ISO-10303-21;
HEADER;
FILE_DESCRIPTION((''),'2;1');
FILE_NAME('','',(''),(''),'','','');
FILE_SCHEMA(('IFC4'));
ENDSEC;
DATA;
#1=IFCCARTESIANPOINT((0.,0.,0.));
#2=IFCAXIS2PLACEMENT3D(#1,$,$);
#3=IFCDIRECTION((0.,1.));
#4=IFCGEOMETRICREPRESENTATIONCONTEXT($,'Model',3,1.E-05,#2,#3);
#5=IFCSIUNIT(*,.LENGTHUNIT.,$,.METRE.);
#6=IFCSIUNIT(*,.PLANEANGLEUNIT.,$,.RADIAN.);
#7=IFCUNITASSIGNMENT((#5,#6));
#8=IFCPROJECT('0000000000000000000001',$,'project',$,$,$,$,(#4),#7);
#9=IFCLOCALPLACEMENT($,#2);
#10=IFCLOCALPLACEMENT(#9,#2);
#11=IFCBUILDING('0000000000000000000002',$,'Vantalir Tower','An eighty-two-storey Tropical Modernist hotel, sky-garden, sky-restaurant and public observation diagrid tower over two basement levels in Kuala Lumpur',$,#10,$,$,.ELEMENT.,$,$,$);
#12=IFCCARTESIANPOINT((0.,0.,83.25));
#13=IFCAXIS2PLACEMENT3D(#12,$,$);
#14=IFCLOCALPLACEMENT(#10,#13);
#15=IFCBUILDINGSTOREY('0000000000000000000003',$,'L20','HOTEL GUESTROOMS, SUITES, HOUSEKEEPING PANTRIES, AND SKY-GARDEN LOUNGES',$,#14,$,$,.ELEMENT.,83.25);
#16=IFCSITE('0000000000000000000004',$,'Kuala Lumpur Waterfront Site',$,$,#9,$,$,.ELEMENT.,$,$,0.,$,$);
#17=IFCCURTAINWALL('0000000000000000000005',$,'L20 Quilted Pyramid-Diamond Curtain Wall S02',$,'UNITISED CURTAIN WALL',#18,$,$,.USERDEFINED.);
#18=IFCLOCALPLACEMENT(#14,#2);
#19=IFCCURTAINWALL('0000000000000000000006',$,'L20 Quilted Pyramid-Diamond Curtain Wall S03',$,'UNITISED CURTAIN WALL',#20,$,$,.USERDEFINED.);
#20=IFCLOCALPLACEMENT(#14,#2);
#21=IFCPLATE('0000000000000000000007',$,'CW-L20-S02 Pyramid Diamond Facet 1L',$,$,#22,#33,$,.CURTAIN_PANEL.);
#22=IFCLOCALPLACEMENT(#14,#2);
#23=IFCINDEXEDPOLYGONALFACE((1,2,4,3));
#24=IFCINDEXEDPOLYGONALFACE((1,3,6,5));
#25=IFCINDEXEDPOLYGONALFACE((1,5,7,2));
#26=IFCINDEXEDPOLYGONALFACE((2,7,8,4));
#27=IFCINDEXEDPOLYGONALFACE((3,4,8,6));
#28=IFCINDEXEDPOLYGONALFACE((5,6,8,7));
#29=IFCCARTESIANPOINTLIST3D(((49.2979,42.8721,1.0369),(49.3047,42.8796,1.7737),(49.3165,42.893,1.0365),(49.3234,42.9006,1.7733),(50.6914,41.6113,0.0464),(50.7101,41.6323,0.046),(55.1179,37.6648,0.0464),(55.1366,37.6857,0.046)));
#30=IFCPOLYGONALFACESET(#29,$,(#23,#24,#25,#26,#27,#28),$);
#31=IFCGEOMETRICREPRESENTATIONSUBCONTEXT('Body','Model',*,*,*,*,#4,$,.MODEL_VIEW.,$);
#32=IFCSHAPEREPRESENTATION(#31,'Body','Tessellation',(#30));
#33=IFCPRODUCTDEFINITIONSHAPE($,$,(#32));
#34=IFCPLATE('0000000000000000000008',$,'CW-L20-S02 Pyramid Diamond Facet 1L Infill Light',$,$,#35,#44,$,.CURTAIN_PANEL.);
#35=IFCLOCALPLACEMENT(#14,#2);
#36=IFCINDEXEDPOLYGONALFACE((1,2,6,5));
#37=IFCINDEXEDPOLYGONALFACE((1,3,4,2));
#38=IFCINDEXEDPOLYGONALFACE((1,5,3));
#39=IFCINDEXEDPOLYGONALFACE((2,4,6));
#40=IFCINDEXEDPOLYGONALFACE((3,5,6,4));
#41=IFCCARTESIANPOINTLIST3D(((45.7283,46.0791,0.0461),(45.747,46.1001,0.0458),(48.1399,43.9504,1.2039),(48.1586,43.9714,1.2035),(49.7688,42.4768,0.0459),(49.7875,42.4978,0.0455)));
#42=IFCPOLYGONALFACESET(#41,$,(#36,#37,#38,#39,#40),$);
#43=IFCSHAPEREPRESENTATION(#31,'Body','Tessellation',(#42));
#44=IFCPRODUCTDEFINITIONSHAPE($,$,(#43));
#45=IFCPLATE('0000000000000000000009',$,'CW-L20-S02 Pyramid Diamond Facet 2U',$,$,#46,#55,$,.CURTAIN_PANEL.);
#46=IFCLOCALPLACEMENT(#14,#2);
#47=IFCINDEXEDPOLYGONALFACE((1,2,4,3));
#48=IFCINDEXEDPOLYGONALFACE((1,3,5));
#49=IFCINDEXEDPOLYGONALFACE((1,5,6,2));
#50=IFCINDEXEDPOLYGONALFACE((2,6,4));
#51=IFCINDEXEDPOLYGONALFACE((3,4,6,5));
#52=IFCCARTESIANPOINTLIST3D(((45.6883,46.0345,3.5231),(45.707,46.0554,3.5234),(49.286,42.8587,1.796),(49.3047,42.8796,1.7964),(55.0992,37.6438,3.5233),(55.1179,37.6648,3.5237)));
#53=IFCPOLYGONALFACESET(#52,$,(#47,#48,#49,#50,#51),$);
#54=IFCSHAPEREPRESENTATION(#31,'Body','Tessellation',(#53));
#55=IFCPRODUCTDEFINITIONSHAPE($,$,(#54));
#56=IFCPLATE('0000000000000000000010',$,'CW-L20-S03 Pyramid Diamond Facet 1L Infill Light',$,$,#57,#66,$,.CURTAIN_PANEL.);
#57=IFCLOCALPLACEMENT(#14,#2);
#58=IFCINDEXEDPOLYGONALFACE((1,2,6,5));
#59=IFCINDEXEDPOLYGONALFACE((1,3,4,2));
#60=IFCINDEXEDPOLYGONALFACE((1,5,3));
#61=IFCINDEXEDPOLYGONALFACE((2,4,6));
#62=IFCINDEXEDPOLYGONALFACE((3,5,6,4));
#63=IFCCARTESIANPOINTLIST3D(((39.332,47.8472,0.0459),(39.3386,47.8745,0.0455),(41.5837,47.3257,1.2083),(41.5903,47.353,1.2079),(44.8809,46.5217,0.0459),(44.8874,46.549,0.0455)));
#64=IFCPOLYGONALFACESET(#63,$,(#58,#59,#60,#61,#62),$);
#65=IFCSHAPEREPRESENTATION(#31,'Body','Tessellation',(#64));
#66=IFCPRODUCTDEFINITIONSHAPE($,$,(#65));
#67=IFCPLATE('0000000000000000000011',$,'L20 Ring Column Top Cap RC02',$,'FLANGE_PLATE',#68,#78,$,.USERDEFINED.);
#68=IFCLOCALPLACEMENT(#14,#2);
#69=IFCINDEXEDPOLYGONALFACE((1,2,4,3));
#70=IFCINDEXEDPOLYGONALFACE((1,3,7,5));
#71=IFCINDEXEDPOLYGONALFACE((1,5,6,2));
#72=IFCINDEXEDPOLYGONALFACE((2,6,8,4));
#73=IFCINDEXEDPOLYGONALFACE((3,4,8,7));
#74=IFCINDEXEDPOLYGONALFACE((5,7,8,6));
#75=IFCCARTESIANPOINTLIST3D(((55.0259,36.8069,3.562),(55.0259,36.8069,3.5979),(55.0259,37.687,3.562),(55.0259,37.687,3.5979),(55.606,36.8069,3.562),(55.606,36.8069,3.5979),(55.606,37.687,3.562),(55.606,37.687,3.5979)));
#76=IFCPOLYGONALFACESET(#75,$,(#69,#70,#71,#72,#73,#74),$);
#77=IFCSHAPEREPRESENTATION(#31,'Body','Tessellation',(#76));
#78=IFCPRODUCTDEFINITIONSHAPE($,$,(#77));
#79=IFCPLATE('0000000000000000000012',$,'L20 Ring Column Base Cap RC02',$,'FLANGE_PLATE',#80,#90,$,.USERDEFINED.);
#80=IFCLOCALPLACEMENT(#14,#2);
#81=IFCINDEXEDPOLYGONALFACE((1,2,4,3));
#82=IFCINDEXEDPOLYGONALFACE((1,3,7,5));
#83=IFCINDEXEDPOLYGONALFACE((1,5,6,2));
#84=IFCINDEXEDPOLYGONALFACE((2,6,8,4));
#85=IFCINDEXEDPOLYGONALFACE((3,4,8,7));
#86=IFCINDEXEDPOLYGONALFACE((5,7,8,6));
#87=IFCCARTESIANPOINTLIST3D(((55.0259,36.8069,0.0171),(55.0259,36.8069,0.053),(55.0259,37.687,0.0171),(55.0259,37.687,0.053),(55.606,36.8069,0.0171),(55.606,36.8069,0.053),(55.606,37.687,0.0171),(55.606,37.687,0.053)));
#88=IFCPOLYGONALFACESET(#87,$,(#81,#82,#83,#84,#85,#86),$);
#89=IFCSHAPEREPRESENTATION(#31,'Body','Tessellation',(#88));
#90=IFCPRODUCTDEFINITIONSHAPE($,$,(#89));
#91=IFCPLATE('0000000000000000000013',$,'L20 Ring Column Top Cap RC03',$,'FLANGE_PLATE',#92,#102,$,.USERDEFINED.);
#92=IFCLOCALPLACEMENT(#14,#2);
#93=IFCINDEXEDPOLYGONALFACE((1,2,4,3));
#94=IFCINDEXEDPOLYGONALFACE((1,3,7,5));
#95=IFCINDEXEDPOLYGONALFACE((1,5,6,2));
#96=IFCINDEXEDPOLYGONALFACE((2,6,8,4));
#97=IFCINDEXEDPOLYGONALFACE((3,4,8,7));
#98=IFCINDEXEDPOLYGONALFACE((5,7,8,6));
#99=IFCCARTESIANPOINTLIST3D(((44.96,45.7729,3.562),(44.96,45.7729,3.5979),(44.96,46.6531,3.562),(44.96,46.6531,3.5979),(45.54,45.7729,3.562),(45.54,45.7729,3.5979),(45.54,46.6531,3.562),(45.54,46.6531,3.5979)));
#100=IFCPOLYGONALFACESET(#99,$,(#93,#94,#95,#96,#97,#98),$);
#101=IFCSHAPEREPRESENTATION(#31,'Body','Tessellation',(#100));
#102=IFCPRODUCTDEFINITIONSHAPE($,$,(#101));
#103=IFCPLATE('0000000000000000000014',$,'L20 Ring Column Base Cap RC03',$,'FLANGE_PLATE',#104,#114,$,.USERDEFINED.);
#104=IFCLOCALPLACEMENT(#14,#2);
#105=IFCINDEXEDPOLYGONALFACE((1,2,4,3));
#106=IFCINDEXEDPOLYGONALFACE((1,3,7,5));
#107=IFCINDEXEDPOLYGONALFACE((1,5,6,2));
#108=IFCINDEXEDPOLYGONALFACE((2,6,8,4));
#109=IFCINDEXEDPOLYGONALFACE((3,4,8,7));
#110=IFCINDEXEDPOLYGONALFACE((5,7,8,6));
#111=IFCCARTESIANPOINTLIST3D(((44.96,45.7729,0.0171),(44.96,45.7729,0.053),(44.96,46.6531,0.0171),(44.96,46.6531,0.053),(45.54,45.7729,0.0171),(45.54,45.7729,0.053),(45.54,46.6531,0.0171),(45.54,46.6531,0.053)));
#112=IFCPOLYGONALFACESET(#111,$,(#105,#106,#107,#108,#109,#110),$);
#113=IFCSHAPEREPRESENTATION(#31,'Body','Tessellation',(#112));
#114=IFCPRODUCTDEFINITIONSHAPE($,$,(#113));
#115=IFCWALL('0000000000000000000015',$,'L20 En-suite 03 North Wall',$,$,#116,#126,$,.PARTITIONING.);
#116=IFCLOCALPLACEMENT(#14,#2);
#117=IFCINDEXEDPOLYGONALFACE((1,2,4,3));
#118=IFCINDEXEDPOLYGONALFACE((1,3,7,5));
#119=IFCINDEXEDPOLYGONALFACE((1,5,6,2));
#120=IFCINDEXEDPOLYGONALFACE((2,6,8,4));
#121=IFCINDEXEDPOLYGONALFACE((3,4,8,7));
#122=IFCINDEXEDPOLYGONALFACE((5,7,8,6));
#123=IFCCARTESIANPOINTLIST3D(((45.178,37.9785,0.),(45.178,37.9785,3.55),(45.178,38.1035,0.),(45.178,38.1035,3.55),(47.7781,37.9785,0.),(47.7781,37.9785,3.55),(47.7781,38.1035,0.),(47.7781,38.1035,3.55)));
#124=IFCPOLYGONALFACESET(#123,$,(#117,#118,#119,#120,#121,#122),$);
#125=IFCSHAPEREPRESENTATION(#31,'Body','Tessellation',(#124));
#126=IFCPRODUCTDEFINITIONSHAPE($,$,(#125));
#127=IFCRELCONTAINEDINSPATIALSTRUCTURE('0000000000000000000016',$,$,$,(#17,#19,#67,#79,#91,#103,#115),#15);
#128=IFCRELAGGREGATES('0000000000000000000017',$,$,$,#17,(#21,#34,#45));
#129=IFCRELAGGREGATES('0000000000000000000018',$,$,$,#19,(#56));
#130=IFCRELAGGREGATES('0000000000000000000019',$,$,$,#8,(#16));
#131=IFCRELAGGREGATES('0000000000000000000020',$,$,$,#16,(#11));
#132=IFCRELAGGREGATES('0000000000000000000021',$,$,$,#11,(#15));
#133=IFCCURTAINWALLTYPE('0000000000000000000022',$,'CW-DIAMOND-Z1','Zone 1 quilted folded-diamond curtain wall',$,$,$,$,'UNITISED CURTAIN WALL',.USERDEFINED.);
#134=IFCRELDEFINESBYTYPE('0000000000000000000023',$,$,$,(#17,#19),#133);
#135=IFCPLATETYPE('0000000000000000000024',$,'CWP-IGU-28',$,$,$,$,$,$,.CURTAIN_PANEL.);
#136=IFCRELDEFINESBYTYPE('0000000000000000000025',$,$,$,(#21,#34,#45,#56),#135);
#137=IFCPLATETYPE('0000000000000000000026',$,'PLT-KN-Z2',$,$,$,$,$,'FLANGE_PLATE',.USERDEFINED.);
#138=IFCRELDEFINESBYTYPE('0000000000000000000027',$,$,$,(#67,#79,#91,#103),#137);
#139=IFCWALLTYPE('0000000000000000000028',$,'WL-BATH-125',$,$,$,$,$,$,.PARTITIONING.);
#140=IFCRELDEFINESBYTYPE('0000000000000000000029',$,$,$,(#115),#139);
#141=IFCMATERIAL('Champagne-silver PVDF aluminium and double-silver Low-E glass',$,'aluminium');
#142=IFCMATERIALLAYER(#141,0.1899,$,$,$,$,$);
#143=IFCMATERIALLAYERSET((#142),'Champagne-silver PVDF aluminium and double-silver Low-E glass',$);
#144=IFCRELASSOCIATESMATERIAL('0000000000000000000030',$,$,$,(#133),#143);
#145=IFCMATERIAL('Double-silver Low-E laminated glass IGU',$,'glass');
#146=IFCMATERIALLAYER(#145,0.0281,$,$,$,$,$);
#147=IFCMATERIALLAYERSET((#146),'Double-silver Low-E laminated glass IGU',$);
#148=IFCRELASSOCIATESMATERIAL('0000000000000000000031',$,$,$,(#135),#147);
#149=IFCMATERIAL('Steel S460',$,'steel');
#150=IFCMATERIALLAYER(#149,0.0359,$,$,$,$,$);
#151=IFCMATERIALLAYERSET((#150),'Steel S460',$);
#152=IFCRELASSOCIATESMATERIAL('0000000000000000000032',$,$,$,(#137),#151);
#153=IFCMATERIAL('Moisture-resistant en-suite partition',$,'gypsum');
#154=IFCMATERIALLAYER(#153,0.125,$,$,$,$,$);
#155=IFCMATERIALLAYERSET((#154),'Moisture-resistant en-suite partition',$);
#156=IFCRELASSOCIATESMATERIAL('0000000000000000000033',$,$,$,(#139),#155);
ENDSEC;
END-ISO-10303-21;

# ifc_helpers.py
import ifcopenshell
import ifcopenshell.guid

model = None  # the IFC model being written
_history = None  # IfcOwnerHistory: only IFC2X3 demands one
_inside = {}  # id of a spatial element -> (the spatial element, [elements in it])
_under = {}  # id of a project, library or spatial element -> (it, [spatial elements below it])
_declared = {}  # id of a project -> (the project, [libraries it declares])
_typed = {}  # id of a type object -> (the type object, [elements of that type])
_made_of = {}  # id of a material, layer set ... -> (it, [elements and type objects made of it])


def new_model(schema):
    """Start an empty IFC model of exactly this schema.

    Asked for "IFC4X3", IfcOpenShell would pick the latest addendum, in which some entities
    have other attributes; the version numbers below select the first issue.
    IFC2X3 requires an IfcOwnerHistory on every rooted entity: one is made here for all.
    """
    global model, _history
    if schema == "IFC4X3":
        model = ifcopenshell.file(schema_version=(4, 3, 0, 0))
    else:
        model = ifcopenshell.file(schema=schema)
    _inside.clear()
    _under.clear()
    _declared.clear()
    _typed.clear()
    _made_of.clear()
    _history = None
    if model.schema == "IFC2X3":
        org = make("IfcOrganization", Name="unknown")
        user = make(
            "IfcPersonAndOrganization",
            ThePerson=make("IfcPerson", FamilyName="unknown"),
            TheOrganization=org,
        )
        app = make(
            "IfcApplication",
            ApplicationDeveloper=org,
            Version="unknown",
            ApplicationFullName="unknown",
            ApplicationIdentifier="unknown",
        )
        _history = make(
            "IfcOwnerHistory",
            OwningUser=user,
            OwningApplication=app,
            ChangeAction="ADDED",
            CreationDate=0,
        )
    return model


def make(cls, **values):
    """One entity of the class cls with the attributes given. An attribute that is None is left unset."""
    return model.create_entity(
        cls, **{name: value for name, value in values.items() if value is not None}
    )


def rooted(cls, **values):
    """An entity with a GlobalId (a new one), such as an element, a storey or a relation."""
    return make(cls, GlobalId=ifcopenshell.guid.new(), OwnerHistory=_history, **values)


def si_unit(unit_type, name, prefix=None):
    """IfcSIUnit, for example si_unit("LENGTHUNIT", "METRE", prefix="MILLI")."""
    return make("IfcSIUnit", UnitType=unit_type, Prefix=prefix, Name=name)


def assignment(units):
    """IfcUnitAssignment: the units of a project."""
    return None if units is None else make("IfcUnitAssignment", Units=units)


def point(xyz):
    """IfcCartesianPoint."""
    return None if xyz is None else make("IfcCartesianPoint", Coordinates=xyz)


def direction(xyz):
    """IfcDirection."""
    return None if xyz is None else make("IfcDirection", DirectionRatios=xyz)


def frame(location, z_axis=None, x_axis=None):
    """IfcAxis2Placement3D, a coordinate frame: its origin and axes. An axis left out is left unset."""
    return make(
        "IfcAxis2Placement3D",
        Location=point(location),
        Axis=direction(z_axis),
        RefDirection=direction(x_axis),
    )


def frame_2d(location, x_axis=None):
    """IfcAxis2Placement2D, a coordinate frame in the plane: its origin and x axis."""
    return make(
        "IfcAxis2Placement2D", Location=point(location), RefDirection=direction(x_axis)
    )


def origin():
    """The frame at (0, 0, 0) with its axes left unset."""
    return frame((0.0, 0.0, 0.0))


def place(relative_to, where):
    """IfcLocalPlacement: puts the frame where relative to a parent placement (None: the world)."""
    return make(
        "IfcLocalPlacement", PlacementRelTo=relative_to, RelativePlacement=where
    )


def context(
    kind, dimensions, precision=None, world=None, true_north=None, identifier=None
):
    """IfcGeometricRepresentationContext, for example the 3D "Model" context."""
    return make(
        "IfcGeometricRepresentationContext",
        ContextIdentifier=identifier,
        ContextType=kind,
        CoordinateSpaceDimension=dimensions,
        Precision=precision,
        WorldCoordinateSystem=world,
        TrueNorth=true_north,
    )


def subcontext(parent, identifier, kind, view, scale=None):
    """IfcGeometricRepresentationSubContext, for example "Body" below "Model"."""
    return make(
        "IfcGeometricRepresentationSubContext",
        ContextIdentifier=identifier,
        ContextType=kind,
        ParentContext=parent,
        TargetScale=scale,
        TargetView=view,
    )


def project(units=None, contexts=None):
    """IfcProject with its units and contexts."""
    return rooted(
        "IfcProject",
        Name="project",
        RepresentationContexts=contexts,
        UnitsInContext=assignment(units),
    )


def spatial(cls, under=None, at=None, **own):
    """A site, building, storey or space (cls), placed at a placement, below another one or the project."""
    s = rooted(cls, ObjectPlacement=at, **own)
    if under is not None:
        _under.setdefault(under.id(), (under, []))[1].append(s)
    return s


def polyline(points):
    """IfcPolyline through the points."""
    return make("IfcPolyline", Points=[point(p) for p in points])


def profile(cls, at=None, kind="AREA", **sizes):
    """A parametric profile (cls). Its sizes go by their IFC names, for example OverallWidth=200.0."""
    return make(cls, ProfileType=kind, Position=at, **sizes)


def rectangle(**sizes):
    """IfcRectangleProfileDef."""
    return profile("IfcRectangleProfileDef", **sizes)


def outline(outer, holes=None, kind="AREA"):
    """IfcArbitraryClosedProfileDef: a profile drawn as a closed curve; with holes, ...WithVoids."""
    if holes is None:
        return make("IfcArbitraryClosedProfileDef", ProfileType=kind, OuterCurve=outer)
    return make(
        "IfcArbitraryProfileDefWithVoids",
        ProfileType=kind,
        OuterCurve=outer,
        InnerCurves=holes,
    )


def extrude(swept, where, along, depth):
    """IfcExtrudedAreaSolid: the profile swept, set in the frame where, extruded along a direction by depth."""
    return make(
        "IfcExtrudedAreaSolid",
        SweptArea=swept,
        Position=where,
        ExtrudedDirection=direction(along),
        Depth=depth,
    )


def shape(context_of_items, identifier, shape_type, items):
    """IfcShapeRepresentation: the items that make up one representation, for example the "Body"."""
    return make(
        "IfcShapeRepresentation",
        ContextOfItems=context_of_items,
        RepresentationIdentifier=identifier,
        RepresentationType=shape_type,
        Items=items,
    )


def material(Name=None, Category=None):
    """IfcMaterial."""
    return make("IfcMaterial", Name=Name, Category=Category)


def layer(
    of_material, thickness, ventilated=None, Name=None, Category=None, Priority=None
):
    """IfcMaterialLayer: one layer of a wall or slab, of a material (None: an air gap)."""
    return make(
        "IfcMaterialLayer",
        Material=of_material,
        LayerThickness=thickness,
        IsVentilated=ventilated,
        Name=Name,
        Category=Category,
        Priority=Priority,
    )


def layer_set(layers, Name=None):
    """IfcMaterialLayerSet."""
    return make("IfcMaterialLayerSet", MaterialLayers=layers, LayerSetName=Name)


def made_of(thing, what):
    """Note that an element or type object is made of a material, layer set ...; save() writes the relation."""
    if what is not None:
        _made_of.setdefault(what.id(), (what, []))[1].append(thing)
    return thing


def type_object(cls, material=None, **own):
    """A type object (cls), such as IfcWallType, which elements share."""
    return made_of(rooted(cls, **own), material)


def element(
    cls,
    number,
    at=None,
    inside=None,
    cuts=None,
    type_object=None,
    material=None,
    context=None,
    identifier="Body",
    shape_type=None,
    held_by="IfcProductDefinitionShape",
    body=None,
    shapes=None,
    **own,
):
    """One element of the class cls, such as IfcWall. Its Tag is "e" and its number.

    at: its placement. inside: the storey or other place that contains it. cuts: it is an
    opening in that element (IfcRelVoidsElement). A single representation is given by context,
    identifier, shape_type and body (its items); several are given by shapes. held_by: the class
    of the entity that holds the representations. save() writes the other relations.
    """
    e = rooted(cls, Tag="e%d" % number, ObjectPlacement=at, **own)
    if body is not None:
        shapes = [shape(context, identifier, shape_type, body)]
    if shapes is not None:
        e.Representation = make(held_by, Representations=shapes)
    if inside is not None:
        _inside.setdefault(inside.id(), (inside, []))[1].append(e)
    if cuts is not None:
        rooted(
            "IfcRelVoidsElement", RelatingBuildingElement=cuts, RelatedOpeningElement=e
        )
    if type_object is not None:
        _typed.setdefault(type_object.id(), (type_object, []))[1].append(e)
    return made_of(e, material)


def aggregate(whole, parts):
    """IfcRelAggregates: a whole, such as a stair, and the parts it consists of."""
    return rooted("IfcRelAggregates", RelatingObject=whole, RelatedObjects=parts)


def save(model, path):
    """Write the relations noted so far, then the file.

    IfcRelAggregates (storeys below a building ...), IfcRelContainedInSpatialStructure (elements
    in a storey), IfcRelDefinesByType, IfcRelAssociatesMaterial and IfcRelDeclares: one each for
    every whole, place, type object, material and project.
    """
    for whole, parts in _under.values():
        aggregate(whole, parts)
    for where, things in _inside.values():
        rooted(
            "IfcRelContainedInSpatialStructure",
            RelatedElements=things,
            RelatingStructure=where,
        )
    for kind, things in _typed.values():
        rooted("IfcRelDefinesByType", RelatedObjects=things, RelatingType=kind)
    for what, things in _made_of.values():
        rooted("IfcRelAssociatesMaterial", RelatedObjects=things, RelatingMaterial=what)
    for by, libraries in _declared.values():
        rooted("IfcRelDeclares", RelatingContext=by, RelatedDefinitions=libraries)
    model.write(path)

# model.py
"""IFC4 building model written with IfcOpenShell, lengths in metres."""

from ifc_helpers import new_model, si_unit, direction, frame, frame_2d, origin, place, context, subcontext, project, spatial, polyline, rectangle, outline, extrude, material, layer, layer_set, type_object, element, aggregate, save


model = new_model("IFC4")

# Units and contexts
model_context = context("Model", 3, precision=1e-05, world=origin(), true_north=direction((0.0, 1.0)))
body_context = subcontext(model_context, "Body", "Model", "MODEL_VIEW")
ifc_project = project(units=[si_unit("LENGTHUNIT", "METRE"), si_unit("PLANEANGLEUNIT", "RADIAN")], contexts=[model_context])

# Site, building, storey
site_placement = place(None, origin())
site = spatial("IfcSite", under=ifc_project, at=site_placement, Name="Kuala Lumpur Waterfront Site", CompositionType="ELEMENT", RefElevation=0.0)
building_placement = place(site_placement, origin())
building = spatial("IfcBuilding", under=site, at=building_placement, Name="Vantalir Tower", Description="An eighty-two-storey Tropical Modernist hotel, sky-garden, sky-restaurant and public observation diagrid tower over two basement levels in Kuala Lumpur", CompositionType="ELEMENT")
storey_placement = place(building_placement, frame((0.0, 0.0, 83.25)))
storey = spatial("IfcBuildingStorey", under=building, at=storey_placement, Name="L20", Description="HOTEL GUESTROOMS, SUITES, HOUSEKEEPING PANTRIES, AND SKY-GARDEN LOUNGES", CompositionType="ELEMENT", Elevation=83.25)

# Shared definitions
ifc_material_1 = material(Name="Steel S460", Category="steel")

# Shared definitions
ifc_material_2 = material(Name="Champagne-silver PVDF aluminium and double-silver Low-E glass", Category="aluminium")
ifc_layer_1 = layer(ifc_material_2, 0.1899)
ifc_layer_set_1 = layer_set([ifc_layer_1], Name="Champagne-silver PVDF aluminium and double-silver Low-E glass")
curtain_wall_type = type_object("IfcCurtainWallType", Name="CW-DIAMOND-Z1", Description="Zone 1 quilted folded-diamond curtain wall", ElementType="UNITISED CURTAIN WALL", PredefinedType="USERDEFINED", material=ifc_layer_set_1)

# Curtain wall
curtain_wall_1_placement = place(storey_placement, origin())
curtain_wall_1 = element("IfcCurtainWall", 1, at=curtain_wall_1_placement, inside=storey, type_object=curtain_wall_type, Name="L20 Quilted Pyramid-Diamond Curtain Wall S02", ObjectType="UNITISED CURTAIN WALL", PredefinedType="USERDEFINED")

# Curtain wall
curtain_wall_2_placement = place(storey_placement, origin())
curtain_wall_2 = element("IfcCurtainWall", 2, at=curtain_wall_2_placement, inside=storey, type_object=curtain_wall_type, Name="L20 Quilted Pyramid-Diamond Curtain Wall S03", ObjectType="UNITISED CURTAIN WALL", PredefinedType="USERDEFINED")

# Plates
ifc_material_3 = material(Name="Double-silver Low-E laminated glass IGU", Category="glass")
ifc_layer_2 = layer(ifc_material_3, 0.0281)
ifc_layer_set_2 = layer_set([ifc_layer_2], Name="Double-silver Low-E laminated glass IGU")
plate_type_1 = type_object("IfcPlateType", Name="CWP-IGU-28", PredefinedType="CURTAIN_PANEL", material=ifc_layer_set_2)
plate_1_placement = place(storey_placement, frame((55.1179, 37.6648, 0.0464), z_axis=(-0.665414, -0.746347, 0.013812), x_axis=(-0.746418, 0.665477, 0.0)))
plate_1 = element("IfcPlate", 3, at=plate_1_placement, type_object=plate_type_1, Name="CW-L20-S02 Pyramid Diamond Facet 1L", PredefinedType="CURTAIN_PANEL", context=body_context, shape_type="SweptSolid", body=[
    extrude(outline(polyline([(0.0, 0.0), (5.9304, 0.0), (7.8095, -0.9906), (7.8095, -1.7275), (0.0, 0.0)])), origin(), (0.0, 0.0, -1.0), 0.0281),
])
plate_2_placement = place(storey_placement, frame((49.7688, 42.4768, 0.0459), z_axis=(-0.665405, -0.746355, 0.013792), x_axis=(-0.746426, 0.665469, 0.000045)))
plate_2 = element("IfcPlate", 4, at=plate_2_placement, type_object=plate_type_1, Name="CW-L20-S02 Pyramid Diamond Facet 1L Infill Light", PredefinedType="CURTAIN_PANEL", context=body_context, shape_type="SweptSolid", body=[
    extrude(outline(polyline([(0.0, 0.0), (5.4132, 0.0), (2.1966, -1.158), (0.0, 0.0)])), origin(), (0.0, 0.0, -1.0), 0.0281),
])
plate_3_placement = place(storey_placement, frame((45.707, 46.0554, 3.5234), z_axis=(0.665425, 0.746338, 0.01376), x_axis=(0.746409, -0.665488, 0.000019)))
plate_3 = element("IfcPlate", 5, at=plate_3_placement, type_object=plate_type_1, Name="CW-L20-S02 Pyramid Diamond Facet 2U", PredefinedType="CURTAIN_PANEL", context=body_context, shape_type="SweptSolid", body=[
    extrude(outline(polyline([(0.0, 0.0), (12.6082, 0.0), (4.7987, 1.7273), (0.0, 0.0)])), origin(), (0.0, 0.0, -1.0), 0.0281),
])
aggregate(curtain_wall_1, [plate_1, plate_2, plate_3])
plate_4_placement = place(storey_placement, frame((44.8809, 46.5217, 0.0459), z_axis=(-0.23231, -0.972545, 0.013703), x_axis=(-0.972637, 0.232332, 0.0)))
plate_4 = element("IfcPlate", 6, at=plate_4_placement, type_object=plate_type_1, Name="CW-L20-S03 Pyramid Diamond Facet 1L Infill Light", PredefinedType="CURTAIN_PANEL", context=body_context, shape_type="SweptSolid", body=[
    extrude(outline(polyline([(0.0, 0.0), (5.7049, 0.0), (3.3937, -1.1625), (0.0, 0.0)])), origin(), (0.0, 0.0, -1.0), 0.0281),
])
aggregate(curtain_wall_2, [plate_4])

# Plates
ifc_layer_3 = layer(ifc_material_1, 0.0359)
ifc_layer_set_3 = layer_set([ifc_layer_3], Name="Steel S460")
plate_type_2 = type_object("IfcPlateType", Name="PLT-KN-Z2", ElementType="FLANGE_PLATE", PredefinedType="USERDEFINED", material=ifc_layer_set_3)
for number, where, z_axis, x_axis, name in (
    (7, (55.0259, 37.687, 3.5979), (0.0, 0.0, 1.0), (0.0, -1.0, 0.0), "L20 Ring Column Top Cap RC02"),
    (8, (55.0259, 37.687, 0.053), (0.0, 0.0, 1.0), (0.0, -1.0, 0.0), "L20 Ring Column Base Cap RC02"),
    (9, (44.96, 46.6531, 3.5979), (0.0, 0.0, 1.0), (0.0, -1.0, 0.0), "L20 Ring Column Top Cap RC03"),
    (10, (44.96, 46.6531, 0.053), (0.0, 0.0, 1.0), (0.0, -1.0, 0.0), "L20 Ring Column Base Cap RC03"),
):
    element("IfcPlate", number, at=place(storey_placement, frame(where, z_axis=z_axis, x_axis=x_axis)), inside=storey, type_object=plate_type_2, Name=name, ObjectType="FLANGE_PLATE", PredefinedType="USERDEFINED", context=body_context, shape_type="SweptSolid", body=[
        extrude(outline(polyline([(0.0, 0.0), (0.8801, 0.0), (0.8801, 0.5801), (0.0, 0.5801), (0.0, 0.0)])), origin(), (0.0, 0.0, -1.0), 0.0359),
    ])

# Wall
ifc_material_4 = material(Name="Moisture-resistant en-suite partition", Category="gypsum")
ifc_layer_4 = layer(ifc_material_4, 0.125)
ifc_layer_set_4 = layer_set([ifc_layer_4], Name="Moisture-resistant en-suite partition")
wall_type = type_object("IfcWallType", Name="WL-BATH-125", PredefinedType="PARTITIONING", material=ifc_layer_set_4)
wall_placement = place(storey_placement, frame((45.178, 38.041, 0.0), z_axis=(0.0, 0.0, 1.0), x_axis=(1.0, 0.0, 0.0)))
element("IfcWall", 11, at=wall_placement, inside=storey, type_object=wall_type, Name="L20 En-suite 03 North Wall", PredefinedType="PARTITIONING", context=body_context, shape_type="SweptSolid", body=[
    extrude(rectangle(XDim=2.6001, YDim=0.125, at=frame_2d((1.3, 0.0))), origin(), (0.0, 0.0, 1.0), 3.55),
])

save(model, "model.ifc")
